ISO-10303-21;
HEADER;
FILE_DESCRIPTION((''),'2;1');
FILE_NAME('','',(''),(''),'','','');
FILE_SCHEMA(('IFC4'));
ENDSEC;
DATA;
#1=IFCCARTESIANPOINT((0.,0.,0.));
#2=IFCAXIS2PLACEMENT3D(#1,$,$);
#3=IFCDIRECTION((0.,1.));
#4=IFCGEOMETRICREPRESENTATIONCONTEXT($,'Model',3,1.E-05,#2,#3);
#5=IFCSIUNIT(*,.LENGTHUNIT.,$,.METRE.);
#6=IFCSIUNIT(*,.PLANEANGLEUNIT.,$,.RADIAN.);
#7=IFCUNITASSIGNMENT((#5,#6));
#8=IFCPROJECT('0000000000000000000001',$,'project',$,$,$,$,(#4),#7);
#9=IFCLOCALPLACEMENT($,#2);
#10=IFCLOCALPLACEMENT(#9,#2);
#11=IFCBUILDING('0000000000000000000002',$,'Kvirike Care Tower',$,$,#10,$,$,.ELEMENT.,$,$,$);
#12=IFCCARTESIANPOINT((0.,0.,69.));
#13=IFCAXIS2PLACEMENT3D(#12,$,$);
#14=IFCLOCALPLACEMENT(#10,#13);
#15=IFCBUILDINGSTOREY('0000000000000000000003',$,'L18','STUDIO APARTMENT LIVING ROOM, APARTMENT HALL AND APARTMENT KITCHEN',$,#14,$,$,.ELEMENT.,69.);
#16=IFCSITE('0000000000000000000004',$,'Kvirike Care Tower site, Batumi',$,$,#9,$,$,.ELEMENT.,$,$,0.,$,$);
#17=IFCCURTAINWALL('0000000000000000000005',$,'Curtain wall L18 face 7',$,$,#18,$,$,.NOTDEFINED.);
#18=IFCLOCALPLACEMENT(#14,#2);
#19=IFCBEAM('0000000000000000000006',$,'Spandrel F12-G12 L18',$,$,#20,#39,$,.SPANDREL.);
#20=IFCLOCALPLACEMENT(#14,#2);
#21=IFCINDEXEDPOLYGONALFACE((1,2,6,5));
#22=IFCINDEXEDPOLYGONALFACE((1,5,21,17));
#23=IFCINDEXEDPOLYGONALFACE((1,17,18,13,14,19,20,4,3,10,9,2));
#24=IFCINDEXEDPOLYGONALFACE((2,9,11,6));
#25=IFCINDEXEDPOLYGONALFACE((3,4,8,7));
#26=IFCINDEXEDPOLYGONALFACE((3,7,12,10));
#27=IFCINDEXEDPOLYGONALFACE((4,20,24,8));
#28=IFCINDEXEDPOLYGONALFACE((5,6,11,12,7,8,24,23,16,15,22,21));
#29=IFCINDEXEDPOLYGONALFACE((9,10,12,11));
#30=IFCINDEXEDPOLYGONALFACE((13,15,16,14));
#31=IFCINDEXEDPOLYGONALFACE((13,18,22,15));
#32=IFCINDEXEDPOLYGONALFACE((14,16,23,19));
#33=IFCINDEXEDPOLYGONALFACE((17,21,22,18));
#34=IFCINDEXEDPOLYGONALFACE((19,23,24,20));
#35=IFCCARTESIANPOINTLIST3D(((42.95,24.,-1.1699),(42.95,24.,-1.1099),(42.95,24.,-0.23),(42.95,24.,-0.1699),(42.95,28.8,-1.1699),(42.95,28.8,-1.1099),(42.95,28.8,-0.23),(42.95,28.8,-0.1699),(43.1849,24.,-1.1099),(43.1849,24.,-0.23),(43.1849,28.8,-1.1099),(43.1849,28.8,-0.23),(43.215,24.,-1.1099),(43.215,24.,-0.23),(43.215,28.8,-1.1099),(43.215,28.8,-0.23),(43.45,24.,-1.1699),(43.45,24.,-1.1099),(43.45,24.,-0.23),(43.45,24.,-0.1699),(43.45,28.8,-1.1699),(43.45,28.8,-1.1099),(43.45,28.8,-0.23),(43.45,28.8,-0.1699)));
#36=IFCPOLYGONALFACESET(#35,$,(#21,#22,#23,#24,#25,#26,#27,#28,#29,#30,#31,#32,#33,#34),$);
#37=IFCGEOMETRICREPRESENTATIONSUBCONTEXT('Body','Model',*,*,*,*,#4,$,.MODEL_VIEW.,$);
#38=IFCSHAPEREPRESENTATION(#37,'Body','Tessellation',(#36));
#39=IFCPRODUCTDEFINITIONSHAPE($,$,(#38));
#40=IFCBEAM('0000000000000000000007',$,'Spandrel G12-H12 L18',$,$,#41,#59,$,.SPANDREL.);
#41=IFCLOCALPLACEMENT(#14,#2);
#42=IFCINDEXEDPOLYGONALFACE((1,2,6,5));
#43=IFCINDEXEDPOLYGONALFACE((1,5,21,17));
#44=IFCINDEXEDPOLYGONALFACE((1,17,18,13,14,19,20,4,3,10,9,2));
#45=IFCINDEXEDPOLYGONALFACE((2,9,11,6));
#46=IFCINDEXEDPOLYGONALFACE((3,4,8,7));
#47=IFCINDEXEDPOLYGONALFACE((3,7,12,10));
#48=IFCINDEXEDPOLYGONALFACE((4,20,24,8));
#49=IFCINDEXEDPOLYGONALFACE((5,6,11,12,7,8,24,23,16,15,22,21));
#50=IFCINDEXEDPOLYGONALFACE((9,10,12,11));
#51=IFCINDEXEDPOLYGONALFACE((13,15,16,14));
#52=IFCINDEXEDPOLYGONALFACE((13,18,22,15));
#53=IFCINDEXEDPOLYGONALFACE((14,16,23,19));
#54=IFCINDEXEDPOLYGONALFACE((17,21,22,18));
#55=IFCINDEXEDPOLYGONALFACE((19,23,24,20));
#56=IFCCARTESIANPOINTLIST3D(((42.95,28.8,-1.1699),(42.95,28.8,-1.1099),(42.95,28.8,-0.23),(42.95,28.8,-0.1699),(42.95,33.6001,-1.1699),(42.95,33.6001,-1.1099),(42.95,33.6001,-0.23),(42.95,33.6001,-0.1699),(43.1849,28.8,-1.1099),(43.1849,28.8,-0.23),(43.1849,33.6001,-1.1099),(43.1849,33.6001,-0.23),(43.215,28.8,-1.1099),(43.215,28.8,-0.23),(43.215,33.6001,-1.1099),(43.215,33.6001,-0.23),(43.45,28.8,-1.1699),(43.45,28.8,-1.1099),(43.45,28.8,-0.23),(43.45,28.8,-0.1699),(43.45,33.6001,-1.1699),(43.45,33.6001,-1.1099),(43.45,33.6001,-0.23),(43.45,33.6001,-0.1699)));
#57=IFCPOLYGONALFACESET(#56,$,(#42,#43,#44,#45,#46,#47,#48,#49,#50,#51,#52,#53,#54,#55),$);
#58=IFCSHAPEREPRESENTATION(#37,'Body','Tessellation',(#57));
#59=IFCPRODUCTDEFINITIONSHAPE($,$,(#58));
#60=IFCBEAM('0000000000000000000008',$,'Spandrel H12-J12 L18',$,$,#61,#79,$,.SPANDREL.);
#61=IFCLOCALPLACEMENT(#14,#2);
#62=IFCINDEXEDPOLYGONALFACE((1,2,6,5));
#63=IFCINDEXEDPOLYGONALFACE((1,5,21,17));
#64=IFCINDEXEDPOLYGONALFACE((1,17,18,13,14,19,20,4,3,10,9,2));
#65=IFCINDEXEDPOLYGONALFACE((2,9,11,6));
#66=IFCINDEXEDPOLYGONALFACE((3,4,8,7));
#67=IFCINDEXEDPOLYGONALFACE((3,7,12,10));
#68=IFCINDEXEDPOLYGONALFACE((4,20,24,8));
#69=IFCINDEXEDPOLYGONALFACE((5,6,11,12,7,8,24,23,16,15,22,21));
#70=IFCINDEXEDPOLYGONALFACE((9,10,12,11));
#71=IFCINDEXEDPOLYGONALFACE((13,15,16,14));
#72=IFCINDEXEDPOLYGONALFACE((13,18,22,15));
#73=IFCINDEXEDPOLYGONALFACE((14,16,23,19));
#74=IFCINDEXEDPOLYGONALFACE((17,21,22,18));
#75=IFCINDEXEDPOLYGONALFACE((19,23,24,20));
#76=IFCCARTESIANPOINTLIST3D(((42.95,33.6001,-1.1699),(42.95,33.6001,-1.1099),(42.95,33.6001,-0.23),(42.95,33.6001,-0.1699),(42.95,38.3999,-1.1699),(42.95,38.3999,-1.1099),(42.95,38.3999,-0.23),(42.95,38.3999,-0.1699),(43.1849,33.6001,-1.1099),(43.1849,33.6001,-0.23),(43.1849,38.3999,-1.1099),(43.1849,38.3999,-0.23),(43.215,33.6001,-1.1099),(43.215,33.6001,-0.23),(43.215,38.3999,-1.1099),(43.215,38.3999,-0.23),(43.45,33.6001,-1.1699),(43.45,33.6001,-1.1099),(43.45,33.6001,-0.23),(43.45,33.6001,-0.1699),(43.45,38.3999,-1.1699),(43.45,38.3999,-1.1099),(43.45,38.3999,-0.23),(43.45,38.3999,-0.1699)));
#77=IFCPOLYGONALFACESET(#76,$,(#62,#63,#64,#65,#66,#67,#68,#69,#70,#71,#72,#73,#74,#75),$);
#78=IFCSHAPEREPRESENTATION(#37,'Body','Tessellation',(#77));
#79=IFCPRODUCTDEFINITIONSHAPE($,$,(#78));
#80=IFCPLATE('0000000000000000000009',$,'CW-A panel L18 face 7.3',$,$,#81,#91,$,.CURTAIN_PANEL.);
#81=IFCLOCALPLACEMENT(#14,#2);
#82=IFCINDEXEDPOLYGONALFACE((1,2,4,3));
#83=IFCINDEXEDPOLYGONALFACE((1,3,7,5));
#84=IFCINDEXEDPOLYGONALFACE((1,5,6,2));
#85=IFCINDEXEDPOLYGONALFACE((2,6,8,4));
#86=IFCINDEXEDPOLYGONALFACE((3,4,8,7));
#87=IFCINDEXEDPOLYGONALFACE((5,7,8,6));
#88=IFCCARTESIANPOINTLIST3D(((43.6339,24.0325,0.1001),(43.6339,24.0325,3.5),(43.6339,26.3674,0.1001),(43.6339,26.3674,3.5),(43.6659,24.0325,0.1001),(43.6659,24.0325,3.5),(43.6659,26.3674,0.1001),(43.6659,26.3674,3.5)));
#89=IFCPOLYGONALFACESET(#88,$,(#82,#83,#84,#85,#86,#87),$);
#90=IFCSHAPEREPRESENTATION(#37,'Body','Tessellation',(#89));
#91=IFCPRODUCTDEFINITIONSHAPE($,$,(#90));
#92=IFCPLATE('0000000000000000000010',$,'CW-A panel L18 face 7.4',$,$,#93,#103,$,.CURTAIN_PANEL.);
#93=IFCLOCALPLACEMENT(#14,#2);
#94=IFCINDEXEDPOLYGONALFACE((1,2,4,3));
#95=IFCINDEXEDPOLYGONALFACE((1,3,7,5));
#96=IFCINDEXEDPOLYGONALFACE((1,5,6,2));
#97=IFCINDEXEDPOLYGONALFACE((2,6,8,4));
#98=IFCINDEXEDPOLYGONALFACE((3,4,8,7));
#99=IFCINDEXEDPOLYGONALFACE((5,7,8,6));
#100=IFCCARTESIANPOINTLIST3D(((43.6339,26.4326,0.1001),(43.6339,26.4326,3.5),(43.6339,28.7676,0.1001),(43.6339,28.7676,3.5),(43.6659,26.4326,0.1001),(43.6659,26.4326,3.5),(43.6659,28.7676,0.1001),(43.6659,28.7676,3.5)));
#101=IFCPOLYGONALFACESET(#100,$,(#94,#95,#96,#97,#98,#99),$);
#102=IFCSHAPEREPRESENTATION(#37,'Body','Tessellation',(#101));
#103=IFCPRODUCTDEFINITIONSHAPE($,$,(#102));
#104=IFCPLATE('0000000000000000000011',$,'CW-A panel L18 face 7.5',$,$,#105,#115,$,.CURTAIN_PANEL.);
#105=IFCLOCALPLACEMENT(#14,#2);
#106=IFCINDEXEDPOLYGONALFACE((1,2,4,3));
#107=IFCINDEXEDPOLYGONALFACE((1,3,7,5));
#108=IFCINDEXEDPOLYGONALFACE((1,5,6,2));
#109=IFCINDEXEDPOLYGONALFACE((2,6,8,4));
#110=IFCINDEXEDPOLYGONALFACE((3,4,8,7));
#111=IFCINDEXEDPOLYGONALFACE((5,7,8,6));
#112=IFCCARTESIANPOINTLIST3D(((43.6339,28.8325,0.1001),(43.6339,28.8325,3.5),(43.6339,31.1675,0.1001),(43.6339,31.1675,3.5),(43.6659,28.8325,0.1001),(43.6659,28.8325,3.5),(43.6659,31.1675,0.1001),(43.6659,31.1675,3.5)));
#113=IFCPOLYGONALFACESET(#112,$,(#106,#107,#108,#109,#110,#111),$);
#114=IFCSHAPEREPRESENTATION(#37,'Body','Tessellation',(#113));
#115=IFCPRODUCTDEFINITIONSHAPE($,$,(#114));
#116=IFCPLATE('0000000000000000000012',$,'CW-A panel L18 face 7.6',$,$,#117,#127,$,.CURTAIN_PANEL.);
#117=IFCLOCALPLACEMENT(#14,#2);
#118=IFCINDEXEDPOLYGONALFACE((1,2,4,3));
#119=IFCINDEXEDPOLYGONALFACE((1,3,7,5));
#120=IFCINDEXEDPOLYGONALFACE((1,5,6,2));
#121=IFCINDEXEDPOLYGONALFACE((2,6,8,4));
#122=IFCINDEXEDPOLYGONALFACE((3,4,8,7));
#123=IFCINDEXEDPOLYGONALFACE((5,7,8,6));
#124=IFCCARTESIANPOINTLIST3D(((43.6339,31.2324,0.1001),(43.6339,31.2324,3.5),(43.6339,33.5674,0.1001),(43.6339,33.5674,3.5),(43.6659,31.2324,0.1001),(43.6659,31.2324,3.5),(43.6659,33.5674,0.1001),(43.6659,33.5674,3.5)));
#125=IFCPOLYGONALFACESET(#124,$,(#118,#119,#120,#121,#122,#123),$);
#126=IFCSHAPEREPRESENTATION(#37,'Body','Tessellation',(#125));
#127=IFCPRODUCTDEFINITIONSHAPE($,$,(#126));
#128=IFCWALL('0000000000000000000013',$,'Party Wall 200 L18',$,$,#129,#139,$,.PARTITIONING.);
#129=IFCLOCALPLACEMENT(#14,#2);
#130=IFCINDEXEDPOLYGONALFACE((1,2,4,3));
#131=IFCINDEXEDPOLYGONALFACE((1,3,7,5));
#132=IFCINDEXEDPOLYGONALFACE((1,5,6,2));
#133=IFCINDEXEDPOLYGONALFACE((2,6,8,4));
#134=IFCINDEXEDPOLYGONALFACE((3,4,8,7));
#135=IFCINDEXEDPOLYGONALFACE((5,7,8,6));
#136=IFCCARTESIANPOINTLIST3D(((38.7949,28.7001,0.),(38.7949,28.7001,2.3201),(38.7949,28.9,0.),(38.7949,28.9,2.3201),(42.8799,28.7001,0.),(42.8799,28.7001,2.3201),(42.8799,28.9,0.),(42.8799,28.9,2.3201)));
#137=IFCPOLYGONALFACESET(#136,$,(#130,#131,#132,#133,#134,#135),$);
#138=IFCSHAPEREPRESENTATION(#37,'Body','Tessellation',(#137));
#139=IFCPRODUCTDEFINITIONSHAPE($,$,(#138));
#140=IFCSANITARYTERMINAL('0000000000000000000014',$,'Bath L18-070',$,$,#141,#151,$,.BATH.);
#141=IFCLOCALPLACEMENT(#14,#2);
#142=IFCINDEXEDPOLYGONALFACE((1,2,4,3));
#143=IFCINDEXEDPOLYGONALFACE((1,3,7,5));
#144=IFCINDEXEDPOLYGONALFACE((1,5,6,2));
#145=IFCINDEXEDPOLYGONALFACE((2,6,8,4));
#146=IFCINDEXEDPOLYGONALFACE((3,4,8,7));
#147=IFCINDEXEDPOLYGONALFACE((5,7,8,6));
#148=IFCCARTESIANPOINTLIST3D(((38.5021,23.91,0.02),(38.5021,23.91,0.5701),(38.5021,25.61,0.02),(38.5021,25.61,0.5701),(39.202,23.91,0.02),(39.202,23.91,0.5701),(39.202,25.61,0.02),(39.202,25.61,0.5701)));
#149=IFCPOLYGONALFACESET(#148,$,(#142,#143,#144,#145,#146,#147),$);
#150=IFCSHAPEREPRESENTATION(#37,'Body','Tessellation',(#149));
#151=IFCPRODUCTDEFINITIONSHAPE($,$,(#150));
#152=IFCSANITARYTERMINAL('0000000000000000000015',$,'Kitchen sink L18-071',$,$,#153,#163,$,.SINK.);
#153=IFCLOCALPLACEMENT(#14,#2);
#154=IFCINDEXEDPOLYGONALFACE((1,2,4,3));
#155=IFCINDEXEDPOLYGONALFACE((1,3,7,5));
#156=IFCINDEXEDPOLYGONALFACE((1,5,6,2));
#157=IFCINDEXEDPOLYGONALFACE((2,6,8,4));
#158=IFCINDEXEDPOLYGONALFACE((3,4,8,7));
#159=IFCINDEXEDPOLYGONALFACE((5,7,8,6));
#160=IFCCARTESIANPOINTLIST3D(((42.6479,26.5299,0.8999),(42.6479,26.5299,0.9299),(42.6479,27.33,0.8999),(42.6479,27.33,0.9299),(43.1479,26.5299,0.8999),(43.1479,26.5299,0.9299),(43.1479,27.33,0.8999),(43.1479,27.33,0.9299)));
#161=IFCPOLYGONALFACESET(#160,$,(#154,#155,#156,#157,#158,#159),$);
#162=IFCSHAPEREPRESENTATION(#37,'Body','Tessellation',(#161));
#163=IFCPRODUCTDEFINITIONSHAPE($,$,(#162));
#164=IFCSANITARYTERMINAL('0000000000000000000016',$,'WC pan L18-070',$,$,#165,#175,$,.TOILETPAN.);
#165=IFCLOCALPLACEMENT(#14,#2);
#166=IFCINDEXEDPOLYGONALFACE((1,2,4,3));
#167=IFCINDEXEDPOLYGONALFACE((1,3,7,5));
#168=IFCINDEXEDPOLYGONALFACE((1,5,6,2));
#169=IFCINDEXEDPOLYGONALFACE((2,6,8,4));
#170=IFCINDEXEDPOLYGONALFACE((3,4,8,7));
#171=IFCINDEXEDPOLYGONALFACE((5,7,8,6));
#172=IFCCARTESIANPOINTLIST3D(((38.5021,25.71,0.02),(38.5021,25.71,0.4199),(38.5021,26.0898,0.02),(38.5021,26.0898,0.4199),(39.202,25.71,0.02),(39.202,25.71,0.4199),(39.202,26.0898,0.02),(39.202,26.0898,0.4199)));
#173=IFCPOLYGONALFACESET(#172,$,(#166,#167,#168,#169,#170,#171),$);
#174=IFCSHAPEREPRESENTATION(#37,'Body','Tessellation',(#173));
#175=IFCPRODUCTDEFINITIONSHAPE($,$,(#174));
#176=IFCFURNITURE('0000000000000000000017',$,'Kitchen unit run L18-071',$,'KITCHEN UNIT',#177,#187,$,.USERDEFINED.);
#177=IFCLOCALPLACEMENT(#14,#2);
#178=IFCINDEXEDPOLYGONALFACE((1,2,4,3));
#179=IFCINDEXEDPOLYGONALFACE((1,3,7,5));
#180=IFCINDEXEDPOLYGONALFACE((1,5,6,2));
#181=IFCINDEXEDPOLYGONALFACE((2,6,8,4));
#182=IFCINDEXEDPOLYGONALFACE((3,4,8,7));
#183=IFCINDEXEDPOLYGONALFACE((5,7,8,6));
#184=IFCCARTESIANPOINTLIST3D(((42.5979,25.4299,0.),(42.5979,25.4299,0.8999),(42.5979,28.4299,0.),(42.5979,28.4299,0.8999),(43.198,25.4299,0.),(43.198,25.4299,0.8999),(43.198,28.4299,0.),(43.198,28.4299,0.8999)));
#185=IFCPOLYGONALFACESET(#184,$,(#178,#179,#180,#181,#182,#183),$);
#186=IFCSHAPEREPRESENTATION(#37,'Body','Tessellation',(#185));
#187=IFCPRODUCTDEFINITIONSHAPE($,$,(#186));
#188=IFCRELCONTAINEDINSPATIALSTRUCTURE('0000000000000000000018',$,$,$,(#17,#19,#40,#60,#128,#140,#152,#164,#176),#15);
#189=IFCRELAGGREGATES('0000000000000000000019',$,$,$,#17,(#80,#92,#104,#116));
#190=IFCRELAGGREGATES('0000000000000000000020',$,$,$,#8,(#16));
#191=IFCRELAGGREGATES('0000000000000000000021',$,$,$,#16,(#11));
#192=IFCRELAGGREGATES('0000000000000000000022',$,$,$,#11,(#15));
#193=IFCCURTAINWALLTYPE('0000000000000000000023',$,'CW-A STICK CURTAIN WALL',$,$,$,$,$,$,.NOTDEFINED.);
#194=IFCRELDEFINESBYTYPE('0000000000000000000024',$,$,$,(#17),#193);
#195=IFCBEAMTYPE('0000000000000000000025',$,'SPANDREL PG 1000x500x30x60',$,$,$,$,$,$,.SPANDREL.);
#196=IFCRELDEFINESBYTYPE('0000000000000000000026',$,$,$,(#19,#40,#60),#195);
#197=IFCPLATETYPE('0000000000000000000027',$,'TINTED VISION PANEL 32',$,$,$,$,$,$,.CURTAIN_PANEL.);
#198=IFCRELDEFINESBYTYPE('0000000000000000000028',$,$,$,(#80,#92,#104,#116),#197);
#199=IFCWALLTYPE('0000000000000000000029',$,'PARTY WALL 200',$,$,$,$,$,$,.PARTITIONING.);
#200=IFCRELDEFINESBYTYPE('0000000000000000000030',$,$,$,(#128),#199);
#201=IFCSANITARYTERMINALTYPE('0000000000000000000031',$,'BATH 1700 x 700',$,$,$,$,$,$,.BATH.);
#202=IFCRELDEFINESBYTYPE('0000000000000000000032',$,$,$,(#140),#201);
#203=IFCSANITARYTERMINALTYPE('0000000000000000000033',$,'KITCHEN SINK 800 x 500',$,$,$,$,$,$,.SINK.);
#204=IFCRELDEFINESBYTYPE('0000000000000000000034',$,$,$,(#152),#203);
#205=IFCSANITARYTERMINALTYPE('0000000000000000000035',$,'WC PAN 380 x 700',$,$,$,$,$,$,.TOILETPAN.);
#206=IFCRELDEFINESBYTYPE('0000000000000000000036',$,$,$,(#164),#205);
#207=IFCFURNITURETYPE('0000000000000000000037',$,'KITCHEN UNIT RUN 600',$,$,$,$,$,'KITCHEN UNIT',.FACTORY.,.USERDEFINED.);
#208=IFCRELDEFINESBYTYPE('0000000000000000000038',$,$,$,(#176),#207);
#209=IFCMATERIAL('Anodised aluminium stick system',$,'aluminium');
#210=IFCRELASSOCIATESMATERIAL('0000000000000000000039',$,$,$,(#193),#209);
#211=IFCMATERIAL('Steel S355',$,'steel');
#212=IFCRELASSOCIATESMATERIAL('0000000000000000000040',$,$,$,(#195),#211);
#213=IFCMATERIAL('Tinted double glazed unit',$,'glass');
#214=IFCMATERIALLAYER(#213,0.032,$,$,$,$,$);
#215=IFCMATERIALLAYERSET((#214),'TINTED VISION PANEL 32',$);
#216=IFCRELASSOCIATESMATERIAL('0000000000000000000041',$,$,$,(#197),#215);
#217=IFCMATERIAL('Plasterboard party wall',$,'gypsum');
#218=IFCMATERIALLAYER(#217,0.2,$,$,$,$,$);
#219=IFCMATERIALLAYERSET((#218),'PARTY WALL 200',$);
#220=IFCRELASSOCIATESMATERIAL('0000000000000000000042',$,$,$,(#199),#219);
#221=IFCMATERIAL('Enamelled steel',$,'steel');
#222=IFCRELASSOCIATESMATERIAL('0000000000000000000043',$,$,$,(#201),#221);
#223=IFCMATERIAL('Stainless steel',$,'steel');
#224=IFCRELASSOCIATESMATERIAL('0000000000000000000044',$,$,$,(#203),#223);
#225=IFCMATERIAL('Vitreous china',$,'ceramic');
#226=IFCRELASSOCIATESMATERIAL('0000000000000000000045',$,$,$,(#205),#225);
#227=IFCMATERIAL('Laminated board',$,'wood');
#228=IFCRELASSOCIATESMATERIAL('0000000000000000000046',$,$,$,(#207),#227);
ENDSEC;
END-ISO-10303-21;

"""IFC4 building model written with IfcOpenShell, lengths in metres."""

from ifc_helpers import new_model, si_unit, direction, frame, frame_2d, origin, origin_2d, place, context, subcontext, project, spatial, rectangle, i_section, extrude, material, layer, layer_set, material_profile, profile_set, type_object, element, aggregate, save


model = new_model("IFC4")

# Units and contexts
model_context = context("Model", 3, precision=1e-05, world=origin(), true_north=direction((0.0, 1.0)))
body_context = subcontext(model_context, "Body", "Model", "MODEL_VIEW")
ifc_project = project(units=[si_unit("LENGTHUNIT", "METRE"), si_unit("PLANEANGLEUNIT", "RADIAN")], contexts=[model_context])

# Site, building, storey
site_placement = place(None, origin())
site = spatial("IfcSite", under=ifc_project, at=site_placement, Name="Kvirike Care Tower site, Batumi", CompositionType="ELEMENT", RefElevation=0.0)
building_placement = place(site_placement, origin())
building = spatial("IfcBuilding", under=site, at=building_placement, Name="Kvirike Care Tower", CompositionType="ELEMENT")
storey_placement = place(building_placement, frame((0.0, 0.0, 69.0)))
storey = spatial("IfcBuildingStorey", under=building, at=storey_placement, Name="L18", Description="STUDIO APARTMENT LIVING ROOM, APARTMENT HALL AND APARTMENT KITCHEN", CompositionType="ELEMENT", Elevation=69.0)

# Curtain wall
ifc_material_1 = material(Name="Anodised aluminium stick system", Category="aluminium")
curtain_wall_type = type_object("IfcCurtainWallType", Name="CW-A STICK CURTAIN WALL", PredefinedType="NOTDEFINED", material=ifc_material_1)
curtain_wall_placement = place(storey_placement, origin())
curtain_wall = element("IfcCurtainWall", 1, at=curtain_wall_placement, inside=storey, type_object=curtain_wall_type, Name="Curtain wall L18 face 7", PredefinedType="NOTDEFINED")

# Beams
ifc_material_2 = material(Name="Steel S355", Category="steel")
ifc_material_profile_1 = material_profile(ifc_material_2, i_section(OverallWidth=0.5, OverallDepth=1.0, WebThickness=0.03, FlangeThickness=0.0601, at=origin_2d()), Name="PG 1000x500x30x60")
ifc_profile_set_1 = profile_set([ifc_material_profile_1], Name="Steel S355")
beam_type = type_object("IfcBeamType", Name="SPANDREL PG 1000x500x30x60", PredefinedType="SPANDREL", material=ifc_profile_set_1)
for number, where, z_axis, x_axis, name in (
    (2, (43.2, 24.0, -0.6699), (0.0, 1.0, 0.0), (-1.0, 0.0, 0.0), "Spandrel F12-G12 L18"),
    (3, (43.2, 28.8, -0.6699), (0.0, 1.0, 0.0), (-1.0, 0.0, 0.0), "Spandrel G12-H12 L18"),
):
    element("IfcBeam", number, at=place(storey_placement, frame(where, z_axis=z_axis, x_axis=x_axis)), inside=storey, type_object=beam_type, Name=name, PredefinedType="SPANDREL", context=body_context, shape_type="SweptSolid", body=[
        extrude(i_section(OverallWidth=0.5, OverallDepth=1.0, WebThickness=0.03, FlangeThickness=0.0601, at=origin_2d()), origin(), (0.0, 0.0, 1.0), 4.8),
    ])
beam_placement = place(storey_placement, frame((43.2, 33.6001, -0.6699), z_axis=(0.0, 1.0, 0.0), x_axis=(-1.0, 0.0, 0.0)))
element("IfcBeam", 4, at=beam_placement, inside=storey, type_object=beam_type, Name="Spandrel H12-J12 L18", PredefinedType="SPANDREL", context=body_context, shape_type="SweptSolid", body=[
    extrude(i_section(OverallWidth=0.5, OverallDepth=1.0, WebThickness=0.03, FlangeThickness=0.0601, at=origin_2d()), origin(), (0.0, 0.0, 1.0), 4.7998),
])

# Plates
ifc_material_3 = material(Name="Tinted double glazed unit", Category="glass")
ifc_layer_1 = layer(ifc_material_3, 0.032)
ifc_layer_set_1 = layer_set([ifc_layer_1], Name="TINTED VISION PANEL 32")
plate_type = type_object("IfcPlateType", Name="TINTED VISION PANEL 32", PredefinedType="CURTAIN_PANEL", material=ifc_layer_set_1)
plate_1_placement = place(storey_placement, frame((43.6499, 25.2, 0.1001), z_axis=(0.0, 0.0, 1.0), x_axis=(0.0, 1.0, 0.0)))
plate_1 = element("IfcPlate", 5, at=plate_1_placement, type_object=plate_type, Name="CW-A panel L18 face 7.3", PredefinedType="CURTAIN_PANEL", context=body_context, shape_type="SweptSolid", body=[
    extrude(rectangle(XDim=2.335, YDim=0.032, at=origin_2d()), origin(), (0.0, 0.0, 1.0), 3.3999),
])
plate_2_placement = place(storey_placement, frame((43.6499, 27.6001, 0.1001), z_axis=(0.0, 0.0, 1.0), x_axis=(0.0, 1.0, 0.0)))
plate_2 = element("IfcPlate", 6, at=plate_2_placement, type_object=plate_type, Name="CW-A panel L18 face 7.4", PredefinedType="CURTAIN_PANEL", context=body_context, shape_type="SweptSolid", body=[
    extrude(rectangle(XDim=2.335, YDim=0.032, at=origin_2d()), origin(), (0.0, 0.0, 1.0), 3.3999),
])
plate_3_placement = place(storey_placement, frame((43.6499, 30.0, 0.1001), z_axis=(0.0, 0.0, 1.0), x_axis=(0.0, 1.0, 0.0)))
plate_3 = element("IfcPlate", 7, at=plate_3_placement, type_object=plate_type, Name="CW-A panel L18 face 7.5", PredefinedType="CURTAIN_PANEL", context=body_context, shape_type="SweptSolid", body=[
    extrude(rectangle(XDim=2.335, YDim=0.032, at=origin_2d()), origin(), (0.0, 0.0, 1.0), 3.3999),
])
plate_4_placement = place(storey_placement, frame((43.6499, 32.3999, 0.1001), z_axis=(0.0, 0.0, 1.0), x_axis=(0.0, 1.0, 0.0)))
plate_4 = element("IfcPlate", 8, at=plate_4_placement, type_object=plate_type, Name="CW-A panel L18 face 7.6", PredefinedType="CURTAIN_PANEL", context=body_context, shape_type="SweptSolid", body=[
    extrude(rectangle(XDim=2.335, YDim=0.032, at=origin_2d()), origin(), (0.0, 0.0, 1.0), 3.3999),
])
aggregate(curtain_wall, [plate_1, plate_2, plate_3, plate_4])

# Wall
ifc_material_4 = material(Name="Plasterboard party wall", Category="gypsum")
ifc_layer_2 = layer(ifc_material_4, 0.2)
ifc_layer_set_2 = layer_set([ifc_layer_2], Name="PARTY WALL 200")
wall_type = type_object("IfcWallType", Name="PARTY WALL 200", PredefinedType="PARTITIONING", material=ifc_layer_set_2)
wall_placement = place(storey_placement, frame((42.8799, 28.8, 0.0), z_axis=(0.0, 0.0, 1.0), x_axis=(-1.0, 0.0, 0.0)))
element("IfcWall", 9, at=wall_placement, inside=storey, type_object=wall_type, Name="Party Wall 200 L18", PredefinedType="PARTITIONING", context=body_context, shape_type="SweptSolid", body=[
    extrude(rectangle(XDim=4.085, YDim=0.2, at=frame_2d((2.0425, 0.0))), origin(), (0.0, 0.0, 1.0), 2.3201),
])

# Sanitary terminals
ifc_material_5 = material(Name="Enamelled steel", Category="steel")
sanitary_terminal_type_1 = type_object("IfcSanitaryTerminalType", Name="BATH 1700 x 700", PredefinedType="BATH", material=ifc_material_5)
sanitary_terminal_1_placement = place(storey_placement, frame((38.8521, 24.76, 0.02), z_axis=(0.0, 0.0, 1.0), x_axis=(0.0, 1.0, 0.0)))
element("IfcSanitaryTerminal", 10, at=sanitary_terminal_1_placement, inside=storey, type_object=sanitary_terminal_type_1, Name="Bath L18-070", PredefinedType="BATH", context=body_context, shape_type="SweptSolid", body=[
    extrude(rectangle(XDim=1.7, YDim=0.7, at=origin_2d()), origin(), (0.0, 0.0, 1.0), 0.55),
])
ifc_material_6 = material(Name="Stainless steel", Category="steel")
sanitary_terminal_type_2 = type_object("IfcSanitaryTerminalType", Name="KITCHEN SINK 800 x 500", PredefinedType="SINK", material=ifc_material_6)
sanitary_terminal_2_placement = place(storey_placement, frame((42.8979, 26.9299, 0.8999), z_axis=(0.0, 0.0, 1.0), x_axis=(0.0, -1.0, 0.0)))
element("IfcSanitaryTerminal", 11, at=sanitary_terminal_2_placement, inside=storey, type_object=sanitary_terminal_type_2, Name="Kitchen sink L18-071", PredefinedType="SINK", context=body_context, shape_type="SweptSolid", body=[
    extrude(rectangle(XDim=0.8, YDim=0.5, at=origin_2d()), origin(), (0.0, 0.0, 1.0), 0.03),
])
ifc_material_7 = material(Name="Vitreous china", Category="ceramic")
sanitary_terminal_type_3 = type_object("IfcSanitaryTerminalType", Name="WC PAN 380 x 700", PredefinedType="TOILETPAN", material=ifc_material_7)
sanitary_terminal_3_placement = place(storey_placement, frame((38.8521, 25.8999, 0.02), z_axis=(0.0, 0.0, 1.0), x_axis=(0.0, 1.0, 0.0)))
element("IfcSanitaryTerminal", 12, at=sanitary_terminal_3_placement, inside=storey, type_object=sanitary_terminal_type_3, Name="WC pan L18-070", PredefinedType="TOILETPAN", context=body_context, shape_type="SweptSolid", body=[
    extrude(rectangle(XDim=0.3799, YDim=0.7, at=origin_2d()), origin(), (0.0, 0.0, 1.0), 0.3999),
])

# Furniture
ifc_material_8 = material(Name="Laminated board", Category="wood")
furniture_type = type_object("IfcFurnitureType", Name="KITCHEN UNIT RUN 600", ElementType="KITCHEN UNIT", AssemblyPlace="FACTORY", PredefinedType="USERDEFINED", material=ifc_material_8)
furniture_placement = place(storey_placement, frame((42.8979, 26.9299, 0.0), z_axis=(0.0, 0.0, 1.0), x_axis=(0.0, -1.0, 0.0)))
element("IfcFurniture", 13, at=furniture_placement, inside=storey, type_object=furniture_type, Name="Kitchen unit run L18-071", ObjectType="KITCHEN UNIT", PredefinedType="USERDEFINED", context=body_context, shape_type="SweptSolid", body=[
    extrude(rectangle(XDim=3.0, YDim=0.6001, at=origin_2d()), origin(), (0.0, 0.0, 1.0), 0.8999),
])

save(model, "model.ifc")
